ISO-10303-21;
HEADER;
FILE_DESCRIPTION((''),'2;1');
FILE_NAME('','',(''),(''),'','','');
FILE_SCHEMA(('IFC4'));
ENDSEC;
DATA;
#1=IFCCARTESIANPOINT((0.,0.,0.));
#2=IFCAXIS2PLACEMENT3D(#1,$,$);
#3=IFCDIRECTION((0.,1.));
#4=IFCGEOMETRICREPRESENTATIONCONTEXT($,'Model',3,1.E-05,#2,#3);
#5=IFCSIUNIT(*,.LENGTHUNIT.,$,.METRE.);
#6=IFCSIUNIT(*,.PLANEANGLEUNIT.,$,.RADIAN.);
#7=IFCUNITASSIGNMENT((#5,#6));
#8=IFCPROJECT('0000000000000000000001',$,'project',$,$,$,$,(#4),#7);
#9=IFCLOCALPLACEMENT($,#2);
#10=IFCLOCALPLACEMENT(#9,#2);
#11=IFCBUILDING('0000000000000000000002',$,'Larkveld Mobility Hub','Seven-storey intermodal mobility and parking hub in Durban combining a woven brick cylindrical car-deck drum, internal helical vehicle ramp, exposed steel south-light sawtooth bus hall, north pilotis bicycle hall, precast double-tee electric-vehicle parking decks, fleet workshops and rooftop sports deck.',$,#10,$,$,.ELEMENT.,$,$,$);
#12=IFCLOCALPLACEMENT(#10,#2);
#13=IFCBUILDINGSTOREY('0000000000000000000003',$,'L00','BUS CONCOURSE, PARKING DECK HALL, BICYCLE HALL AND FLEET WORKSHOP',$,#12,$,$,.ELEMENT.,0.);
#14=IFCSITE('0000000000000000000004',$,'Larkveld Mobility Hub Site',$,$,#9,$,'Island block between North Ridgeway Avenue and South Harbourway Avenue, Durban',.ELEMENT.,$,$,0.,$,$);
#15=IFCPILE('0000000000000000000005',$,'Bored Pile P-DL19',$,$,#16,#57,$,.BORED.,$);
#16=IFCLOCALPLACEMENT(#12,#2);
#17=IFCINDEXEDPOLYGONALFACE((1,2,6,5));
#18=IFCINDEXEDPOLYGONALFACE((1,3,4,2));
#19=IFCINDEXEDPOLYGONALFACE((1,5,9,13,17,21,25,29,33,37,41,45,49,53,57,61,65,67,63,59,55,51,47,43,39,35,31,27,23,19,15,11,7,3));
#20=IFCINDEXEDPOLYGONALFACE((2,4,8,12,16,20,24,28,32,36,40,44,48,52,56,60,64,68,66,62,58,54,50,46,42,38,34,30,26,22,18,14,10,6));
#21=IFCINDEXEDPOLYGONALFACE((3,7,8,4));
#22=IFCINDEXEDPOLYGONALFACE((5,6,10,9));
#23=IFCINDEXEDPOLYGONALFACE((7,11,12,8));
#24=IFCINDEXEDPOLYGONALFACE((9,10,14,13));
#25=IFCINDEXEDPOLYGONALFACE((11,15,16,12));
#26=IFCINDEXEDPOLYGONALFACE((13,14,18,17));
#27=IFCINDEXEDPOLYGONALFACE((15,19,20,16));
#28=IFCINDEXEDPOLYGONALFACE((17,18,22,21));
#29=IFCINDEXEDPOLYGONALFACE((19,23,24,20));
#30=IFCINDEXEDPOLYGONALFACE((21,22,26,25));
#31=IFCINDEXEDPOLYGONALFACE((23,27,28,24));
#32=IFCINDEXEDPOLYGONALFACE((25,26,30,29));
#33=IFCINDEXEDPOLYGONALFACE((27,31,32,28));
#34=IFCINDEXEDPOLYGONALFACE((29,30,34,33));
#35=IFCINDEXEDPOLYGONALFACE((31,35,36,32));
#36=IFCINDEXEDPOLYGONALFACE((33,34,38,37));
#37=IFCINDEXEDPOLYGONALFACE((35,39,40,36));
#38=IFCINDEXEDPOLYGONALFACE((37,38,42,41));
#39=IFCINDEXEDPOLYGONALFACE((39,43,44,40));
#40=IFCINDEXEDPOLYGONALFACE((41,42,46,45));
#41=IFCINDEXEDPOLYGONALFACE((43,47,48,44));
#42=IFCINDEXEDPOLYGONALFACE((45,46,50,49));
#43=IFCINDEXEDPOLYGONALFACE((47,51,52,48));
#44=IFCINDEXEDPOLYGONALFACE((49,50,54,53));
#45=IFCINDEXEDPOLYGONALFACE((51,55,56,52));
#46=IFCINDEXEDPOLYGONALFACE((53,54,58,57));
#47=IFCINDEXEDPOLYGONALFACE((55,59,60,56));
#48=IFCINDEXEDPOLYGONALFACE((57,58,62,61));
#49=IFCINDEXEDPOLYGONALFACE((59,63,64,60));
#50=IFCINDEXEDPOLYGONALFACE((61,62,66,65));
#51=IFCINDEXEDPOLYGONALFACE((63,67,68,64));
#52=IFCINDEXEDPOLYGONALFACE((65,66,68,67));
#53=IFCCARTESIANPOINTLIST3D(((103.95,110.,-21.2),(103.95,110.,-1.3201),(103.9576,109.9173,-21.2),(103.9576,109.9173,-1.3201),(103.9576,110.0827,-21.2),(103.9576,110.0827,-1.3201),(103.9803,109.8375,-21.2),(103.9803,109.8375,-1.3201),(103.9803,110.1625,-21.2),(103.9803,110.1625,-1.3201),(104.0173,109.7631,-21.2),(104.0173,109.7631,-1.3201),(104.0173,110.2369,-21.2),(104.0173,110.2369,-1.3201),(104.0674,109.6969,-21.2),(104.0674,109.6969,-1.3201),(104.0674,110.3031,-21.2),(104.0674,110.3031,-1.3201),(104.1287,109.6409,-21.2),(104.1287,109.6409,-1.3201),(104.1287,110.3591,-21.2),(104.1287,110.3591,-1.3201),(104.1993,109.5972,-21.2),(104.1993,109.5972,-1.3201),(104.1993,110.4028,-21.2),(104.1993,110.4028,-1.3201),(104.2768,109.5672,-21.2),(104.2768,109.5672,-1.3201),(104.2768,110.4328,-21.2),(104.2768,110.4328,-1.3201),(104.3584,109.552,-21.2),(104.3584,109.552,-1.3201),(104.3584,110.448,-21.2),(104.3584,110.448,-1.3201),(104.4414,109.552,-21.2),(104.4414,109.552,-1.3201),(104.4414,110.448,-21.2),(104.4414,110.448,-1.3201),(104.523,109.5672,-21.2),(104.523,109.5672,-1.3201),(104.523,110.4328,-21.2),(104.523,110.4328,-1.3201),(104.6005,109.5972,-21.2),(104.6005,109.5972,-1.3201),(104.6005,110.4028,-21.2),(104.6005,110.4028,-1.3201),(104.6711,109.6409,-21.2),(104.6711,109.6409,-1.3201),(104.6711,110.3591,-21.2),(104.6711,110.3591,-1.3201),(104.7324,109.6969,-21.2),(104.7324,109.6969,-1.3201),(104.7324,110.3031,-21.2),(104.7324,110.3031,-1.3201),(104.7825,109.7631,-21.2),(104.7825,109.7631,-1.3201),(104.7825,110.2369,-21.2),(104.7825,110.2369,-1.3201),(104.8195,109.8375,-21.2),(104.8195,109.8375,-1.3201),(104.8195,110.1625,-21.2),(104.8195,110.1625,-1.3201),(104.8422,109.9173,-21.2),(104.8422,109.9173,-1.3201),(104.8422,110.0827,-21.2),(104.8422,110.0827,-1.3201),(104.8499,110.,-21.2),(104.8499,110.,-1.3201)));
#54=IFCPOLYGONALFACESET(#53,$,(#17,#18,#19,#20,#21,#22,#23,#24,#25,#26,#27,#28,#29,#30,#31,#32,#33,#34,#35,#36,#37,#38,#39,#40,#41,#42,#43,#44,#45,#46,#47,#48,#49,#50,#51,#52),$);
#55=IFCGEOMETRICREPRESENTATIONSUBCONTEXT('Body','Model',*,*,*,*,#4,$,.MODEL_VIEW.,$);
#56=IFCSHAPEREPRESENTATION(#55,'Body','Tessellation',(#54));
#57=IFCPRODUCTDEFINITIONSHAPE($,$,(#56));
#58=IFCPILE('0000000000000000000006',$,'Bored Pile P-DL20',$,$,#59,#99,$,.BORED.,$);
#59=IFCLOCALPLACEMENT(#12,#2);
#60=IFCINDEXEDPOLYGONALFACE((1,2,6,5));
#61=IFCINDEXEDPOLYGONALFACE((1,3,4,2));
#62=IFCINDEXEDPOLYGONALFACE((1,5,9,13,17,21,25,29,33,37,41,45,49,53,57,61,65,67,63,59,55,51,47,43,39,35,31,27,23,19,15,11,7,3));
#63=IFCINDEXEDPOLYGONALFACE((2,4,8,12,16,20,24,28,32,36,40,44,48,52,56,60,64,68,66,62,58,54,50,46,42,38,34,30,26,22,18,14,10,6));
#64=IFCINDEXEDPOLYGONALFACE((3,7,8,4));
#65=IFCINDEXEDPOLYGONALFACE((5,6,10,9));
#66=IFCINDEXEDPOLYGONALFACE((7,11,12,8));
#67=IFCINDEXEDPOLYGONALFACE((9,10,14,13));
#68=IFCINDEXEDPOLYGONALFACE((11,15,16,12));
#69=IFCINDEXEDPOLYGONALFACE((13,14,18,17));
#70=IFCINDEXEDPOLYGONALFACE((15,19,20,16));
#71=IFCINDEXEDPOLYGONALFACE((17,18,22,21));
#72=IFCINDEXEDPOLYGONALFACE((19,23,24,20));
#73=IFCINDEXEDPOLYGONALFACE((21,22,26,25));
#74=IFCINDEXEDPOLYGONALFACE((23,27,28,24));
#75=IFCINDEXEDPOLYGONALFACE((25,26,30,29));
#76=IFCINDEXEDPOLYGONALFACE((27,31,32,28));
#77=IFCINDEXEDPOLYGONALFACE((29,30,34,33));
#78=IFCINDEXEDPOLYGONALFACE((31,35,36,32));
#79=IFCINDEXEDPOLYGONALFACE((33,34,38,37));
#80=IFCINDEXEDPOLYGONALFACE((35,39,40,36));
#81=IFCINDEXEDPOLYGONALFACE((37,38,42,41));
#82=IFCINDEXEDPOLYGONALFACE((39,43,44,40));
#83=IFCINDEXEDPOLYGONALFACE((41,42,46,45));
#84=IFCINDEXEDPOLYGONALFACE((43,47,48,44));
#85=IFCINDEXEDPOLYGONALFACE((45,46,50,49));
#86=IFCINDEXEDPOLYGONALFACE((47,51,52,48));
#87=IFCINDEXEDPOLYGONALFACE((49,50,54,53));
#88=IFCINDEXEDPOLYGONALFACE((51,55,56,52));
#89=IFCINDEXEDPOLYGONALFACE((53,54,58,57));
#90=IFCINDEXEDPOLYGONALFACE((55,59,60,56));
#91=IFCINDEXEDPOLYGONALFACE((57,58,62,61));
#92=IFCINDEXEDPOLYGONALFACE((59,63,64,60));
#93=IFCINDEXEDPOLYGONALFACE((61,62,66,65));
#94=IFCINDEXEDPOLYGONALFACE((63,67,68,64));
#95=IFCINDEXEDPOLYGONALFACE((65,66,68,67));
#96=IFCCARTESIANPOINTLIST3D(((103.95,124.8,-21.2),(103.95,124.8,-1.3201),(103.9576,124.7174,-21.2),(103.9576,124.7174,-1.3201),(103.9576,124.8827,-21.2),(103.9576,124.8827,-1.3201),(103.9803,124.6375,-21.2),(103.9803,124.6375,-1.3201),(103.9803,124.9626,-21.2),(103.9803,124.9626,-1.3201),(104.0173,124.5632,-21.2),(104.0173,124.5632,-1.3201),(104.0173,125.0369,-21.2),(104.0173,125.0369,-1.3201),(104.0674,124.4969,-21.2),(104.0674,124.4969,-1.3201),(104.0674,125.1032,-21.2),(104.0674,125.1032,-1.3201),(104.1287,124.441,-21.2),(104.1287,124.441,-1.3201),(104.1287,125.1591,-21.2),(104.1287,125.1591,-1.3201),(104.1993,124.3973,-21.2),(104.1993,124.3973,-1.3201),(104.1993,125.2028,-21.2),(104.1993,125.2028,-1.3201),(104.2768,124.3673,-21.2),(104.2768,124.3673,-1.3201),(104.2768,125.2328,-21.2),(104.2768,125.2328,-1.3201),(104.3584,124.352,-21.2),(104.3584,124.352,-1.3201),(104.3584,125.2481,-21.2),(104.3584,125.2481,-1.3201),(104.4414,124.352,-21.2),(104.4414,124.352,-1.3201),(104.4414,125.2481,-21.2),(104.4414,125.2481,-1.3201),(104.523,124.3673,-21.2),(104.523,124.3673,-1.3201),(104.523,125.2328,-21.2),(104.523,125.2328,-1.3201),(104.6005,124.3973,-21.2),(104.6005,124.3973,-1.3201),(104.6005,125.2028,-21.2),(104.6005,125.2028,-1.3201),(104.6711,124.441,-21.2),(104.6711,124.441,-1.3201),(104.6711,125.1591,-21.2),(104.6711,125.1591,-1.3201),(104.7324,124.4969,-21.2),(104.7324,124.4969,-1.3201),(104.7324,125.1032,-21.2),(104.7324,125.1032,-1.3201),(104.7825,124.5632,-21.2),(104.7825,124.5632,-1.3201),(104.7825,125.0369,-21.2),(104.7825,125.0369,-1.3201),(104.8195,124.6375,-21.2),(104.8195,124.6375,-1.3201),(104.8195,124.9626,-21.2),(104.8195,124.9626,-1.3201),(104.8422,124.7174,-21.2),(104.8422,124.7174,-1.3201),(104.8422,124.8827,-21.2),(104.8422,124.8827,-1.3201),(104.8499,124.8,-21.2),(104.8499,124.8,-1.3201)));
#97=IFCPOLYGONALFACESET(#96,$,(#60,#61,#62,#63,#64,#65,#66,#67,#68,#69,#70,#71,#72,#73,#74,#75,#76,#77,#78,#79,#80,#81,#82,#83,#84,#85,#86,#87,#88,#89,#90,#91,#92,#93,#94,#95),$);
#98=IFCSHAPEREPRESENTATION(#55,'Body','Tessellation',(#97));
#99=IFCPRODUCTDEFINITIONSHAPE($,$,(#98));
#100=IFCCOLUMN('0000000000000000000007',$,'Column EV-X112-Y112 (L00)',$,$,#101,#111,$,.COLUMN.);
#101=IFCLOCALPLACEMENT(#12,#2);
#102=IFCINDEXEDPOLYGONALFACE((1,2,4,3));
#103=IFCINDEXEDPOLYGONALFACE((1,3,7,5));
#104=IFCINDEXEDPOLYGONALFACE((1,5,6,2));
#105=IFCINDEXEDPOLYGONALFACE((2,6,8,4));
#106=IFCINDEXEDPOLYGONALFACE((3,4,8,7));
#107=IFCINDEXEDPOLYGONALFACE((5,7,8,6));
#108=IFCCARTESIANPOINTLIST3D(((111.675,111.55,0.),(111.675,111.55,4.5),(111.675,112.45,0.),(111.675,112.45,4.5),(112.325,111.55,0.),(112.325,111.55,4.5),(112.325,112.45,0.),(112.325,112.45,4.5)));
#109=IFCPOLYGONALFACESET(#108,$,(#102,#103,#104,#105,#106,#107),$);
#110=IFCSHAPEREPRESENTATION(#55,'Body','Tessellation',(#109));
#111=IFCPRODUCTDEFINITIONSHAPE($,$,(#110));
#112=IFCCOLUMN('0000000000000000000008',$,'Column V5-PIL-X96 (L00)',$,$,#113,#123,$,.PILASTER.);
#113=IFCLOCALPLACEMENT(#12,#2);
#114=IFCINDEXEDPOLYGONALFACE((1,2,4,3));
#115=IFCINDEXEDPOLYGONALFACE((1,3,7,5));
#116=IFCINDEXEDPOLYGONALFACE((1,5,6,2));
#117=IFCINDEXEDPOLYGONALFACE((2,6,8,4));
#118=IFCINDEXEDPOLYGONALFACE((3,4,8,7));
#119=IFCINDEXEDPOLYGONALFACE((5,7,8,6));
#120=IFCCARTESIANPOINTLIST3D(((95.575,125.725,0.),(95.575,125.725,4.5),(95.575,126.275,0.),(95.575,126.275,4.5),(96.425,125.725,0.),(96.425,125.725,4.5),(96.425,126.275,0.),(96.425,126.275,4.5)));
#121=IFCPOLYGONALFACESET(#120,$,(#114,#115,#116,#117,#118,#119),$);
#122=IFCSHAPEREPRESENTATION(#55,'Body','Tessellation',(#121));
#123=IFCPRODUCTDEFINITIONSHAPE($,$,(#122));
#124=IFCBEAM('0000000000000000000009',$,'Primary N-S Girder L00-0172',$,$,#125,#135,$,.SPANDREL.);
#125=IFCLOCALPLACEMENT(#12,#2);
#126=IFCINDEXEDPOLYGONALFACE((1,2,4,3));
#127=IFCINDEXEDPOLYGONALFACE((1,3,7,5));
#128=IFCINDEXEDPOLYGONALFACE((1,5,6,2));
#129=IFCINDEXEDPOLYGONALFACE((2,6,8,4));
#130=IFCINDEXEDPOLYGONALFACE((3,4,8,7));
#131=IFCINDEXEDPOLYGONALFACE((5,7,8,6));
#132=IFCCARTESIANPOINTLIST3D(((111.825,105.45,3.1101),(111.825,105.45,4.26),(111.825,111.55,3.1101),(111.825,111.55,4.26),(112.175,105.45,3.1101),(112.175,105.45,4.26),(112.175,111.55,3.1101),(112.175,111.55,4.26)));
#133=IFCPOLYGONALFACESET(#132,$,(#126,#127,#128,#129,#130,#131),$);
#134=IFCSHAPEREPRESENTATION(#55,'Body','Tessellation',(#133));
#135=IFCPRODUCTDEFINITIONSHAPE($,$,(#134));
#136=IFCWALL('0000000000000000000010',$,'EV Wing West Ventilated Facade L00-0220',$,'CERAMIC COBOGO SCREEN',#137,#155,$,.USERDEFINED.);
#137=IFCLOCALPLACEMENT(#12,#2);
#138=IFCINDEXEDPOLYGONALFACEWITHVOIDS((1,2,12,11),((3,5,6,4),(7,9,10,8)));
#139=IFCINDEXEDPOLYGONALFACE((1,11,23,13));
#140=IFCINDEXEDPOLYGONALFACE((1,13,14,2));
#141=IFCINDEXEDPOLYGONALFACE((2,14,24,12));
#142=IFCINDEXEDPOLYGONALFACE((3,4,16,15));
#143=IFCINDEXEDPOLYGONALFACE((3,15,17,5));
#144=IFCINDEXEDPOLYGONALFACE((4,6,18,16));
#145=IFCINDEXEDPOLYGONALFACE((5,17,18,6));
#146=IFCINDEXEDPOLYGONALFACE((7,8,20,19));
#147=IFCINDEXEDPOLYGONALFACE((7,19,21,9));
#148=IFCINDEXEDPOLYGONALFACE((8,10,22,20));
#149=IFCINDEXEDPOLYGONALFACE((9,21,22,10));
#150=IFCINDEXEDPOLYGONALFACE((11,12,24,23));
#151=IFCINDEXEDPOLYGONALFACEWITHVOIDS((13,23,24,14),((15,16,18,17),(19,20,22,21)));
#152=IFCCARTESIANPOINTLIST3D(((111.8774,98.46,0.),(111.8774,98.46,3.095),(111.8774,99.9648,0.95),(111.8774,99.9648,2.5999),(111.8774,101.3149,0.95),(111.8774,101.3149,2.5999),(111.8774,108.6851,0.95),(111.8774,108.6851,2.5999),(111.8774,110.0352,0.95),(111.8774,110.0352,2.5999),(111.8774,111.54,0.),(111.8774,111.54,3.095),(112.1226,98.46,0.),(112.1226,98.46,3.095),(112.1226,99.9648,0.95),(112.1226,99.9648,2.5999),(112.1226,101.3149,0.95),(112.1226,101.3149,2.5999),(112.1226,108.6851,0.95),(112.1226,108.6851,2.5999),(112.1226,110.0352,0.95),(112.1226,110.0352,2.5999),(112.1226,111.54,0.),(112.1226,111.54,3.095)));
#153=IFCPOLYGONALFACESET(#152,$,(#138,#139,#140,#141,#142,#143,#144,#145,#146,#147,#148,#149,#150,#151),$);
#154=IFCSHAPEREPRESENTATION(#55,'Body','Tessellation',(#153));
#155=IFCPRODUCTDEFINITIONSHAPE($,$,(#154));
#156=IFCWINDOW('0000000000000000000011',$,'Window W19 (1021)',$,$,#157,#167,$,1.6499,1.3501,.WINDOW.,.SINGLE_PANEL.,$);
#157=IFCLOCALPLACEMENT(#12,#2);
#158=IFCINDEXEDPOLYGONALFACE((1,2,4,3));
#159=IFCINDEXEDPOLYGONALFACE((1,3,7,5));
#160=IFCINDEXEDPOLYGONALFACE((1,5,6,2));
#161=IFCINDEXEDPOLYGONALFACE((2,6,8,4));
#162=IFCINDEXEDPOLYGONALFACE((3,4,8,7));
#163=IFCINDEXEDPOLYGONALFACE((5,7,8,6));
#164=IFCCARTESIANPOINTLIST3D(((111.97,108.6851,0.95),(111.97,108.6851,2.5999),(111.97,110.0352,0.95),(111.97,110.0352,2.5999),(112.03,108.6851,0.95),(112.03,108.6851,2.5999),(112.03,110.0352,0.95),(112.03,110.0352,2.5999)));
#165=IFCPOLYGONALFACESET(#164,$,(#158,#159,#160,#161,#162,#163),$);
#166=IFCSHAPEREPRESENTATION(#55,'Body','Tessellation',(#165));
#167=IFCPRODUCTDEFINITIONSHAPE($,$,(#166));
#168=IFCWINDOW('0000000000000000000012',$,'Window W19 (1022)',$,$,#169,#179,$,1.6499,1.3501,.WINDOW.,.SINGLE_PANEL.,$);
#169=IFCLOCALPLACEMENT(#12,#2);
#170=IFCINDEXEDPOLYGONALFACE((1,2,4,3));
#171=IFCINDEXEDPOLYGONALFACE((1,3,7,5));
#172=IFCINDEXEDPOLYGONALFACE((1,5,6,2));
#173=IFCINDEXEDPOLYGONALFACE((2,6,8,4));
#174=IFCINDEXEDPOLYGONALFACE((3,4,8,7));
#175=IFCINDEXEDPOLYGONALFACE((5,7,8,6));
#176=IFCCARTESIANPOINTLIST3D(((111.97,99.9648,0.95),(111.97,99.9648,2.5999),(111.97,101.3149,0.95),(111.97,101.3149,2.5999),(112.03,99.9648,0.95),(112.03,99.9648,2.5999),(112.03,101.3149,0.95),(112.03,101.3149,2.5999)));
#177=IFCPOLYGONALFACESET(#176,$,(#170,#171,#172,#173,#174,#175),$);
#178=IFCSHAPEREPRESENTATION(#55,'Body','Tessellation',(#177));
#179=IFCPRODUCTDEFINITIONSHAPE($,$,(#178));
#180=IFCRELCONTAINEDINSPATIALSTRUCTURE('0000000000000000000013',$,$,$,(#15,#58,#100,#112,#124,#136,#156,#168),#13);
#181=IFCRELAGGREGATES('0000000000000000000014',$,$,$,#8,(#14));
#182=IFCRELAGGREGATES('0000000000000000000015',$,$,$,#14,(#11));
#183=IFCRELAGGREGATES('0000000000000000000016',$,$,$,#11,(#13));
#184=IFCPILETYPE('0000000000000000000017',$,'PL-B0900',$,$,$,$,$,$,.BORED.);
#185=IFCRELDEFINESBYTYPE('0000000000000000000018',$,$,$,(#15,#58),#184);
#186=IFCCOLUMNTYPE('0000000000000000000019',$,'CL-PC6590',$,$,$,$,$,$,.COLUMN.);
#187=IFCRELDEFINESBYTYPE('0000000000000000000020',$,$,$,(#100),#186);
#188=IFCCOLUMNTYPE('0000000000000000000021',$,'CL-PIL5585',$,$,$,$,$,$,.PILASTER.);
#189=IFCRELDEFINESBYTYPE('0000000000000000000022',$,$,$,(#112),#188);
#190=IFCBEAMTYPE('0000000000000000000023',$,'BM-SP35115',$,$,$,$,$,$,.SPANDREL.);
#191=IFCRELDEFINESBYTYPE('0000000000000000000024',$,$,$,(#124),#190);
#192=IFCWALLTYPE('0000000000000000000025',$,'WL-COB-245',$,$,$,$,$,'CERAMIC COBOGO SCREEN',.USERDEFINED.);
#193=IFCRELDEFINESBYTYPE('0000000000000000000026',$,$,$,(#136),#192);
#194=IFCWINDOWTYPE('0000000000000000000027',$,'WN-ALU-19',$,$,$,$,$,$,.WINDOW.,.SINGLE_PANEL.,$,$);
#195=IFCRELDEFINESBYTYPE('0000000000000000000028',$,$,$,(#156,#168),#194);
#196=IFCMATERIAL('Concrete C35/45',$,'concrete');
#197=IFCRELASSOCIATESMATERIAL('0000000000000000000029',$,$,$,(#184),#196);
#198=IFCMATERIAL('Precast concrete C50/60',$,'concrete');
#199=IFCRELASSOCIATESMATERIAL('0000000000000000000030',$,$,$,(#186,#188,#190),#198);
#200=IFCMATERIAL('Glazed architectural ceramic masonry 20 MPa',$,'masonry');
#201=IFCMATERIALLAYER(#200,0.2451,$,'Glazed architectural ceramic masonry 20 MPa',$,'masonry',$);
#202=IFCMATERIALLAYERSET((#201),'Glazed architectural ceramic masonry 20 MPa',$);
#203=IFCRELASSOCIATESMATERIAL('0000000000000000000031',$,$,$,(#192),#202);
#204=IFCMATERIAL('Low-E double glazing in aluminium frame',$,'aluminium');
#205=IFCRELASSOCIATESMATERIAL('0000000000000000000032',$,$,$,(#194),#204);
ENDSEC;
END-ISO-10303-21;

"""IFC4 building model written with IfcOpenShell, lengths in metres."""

from ifc_helpers import new_model, si_unit, direction, frame, frame_2d, origin, origin_2d, place, context, subcontext, project, spatial, rectangle, circle, extrude, material, layer, layer_set, material_profile, profile_set, type_object, element, fill, save


model = new_model("IFC4")

# Units and contexts
model_context = context("Model", 3, precision=1e-05, world=origin(), true_north=direction((0.0, 1.0)))
body_context = subcontext(model_context, "Body", "Model", "MODEL_VIEW")
ifc_project = project(units=[si_unit("LENGTHUNIT", "METRE"), si_unit("PLANEANGLEUNIT", "RADIAN")], contexts=[model_context])

# Site, building, storey
site_placement = place(None, origin())
site = spatial("IfcSite", under=ifc_project, at=site_placement, Name="Larkveld Mobility Hub Site", LongName="Island block between North Ridgeway Avenue and South Harbourway Avenue, Durban", CompositionType="ELEMENT", RefElevation=0.0)
building_placement = place(site_placement, origin())
building = spatial("IfcBuilding", under=site, at=building_placement, Name="Larkveld Mobility Hub", Description="Seven-storey intermodal mobility and parking hub in Durban combining a woven brick cylindrical car-deck drum, internal helical vehicle ramp, exposed steel south-light sawtooth bus hall, north pilotis bicycle hall, precast double-tee electric-vehicle parking decks, fleet workshops and rooftop sports deck.", CompositionType="ELEMENT")
storey_placement = place(building_placement, origin())
storey = spatial("IfcBuildingStorey", under=building, at=storey_placement, Name="L00", Description="BUS CONCOURSE, PARKING DECK HALL, BICYCLE HALL AND FLEET WORKSHOP", CompositionType="ELEMENT", Elevation=0.0)

# Shared definitions
ifc_material_1 = material(Name="Concrete C35/45", Category="concrete")

# Piles
ifc_material_profile_1 = material_profile(ifc_material_1, circle(Radius=0.45, at=origin_2d()), Name="PILE D900")
ifc_profile_set_1 = profile_set([ifc_material_profile_1], Name="Concrete C35/45")
pile_type_1 = type_object("IfcPileType", Name="PL-B0900", PredefinedType="BORED", material=ifc_profile_set_1)
for number, where, z_axis, x_axis, name in (
    (1, (104.3999, 110.0, -1.3201), (0.0, 0.0, -1.0), (1.0, 0.0, 0.0), "Bored Pile P-DL19"),
    (2, (104.3999, 124.8, -1.3201), (0.0, 0.0, -1.0), (1.0, 0.0, 0.0), "Bored Pile P-DL20"),
):
    element("IfcPile", number, at=place(storey_placement, frame(where, z_axis=z_axis, x_axis=x_axis)), inside=storey, type_object=pile_type_1, Name=name, PredefinedType="BORED", context=body_context, shape_type="SweptSolid", body=[
        extrude(circle(Radius=0.45, at=origin_2d()), origin(), (0.0, 0.0, 1.0), 19.8799),
    ])

# Columns
ifc_material_2 = material(Name="Precast concrete C50/60", Category="concrete")
ifc_material_profile_2 = material_profile(ifc_material_2, rectangle(XDim=0.6499, YDim=0.8999, at=origin_2d()), Name="RC COL 650x900")
ifc_profile_set_2 = profile_set([ifc_material_profile_2], Name="Precast concrete C50/60")
column_type_1 = type_object("IfcColumnType", Name="CL-PC6590", PredefinedType="COLUMN", material=ifc_profile_set_2)
column_1_placement = place(storey_placement, frame((112.0, 112.0, 0.0), z_axis=(0.0, 0.0, 1.0), x_axis=(1.0, 0.0, 0.0)))
element("IfcColumn", 3, at=column_1_placement, inside=storey, type_object=column_type_1, Name="Column EV-X112-Y112 (L00)", PredefinedType="COLUMN", context=body_context, shape_type="SweptSolid", body=[
    extrude(rectangle(XDim=0.6499, YDim=0.8999, at=origin_2d()), origin(), (0.0, 0.0, 1.0), 4.5),
])
ifc_material_profile_3 = material_profile(ifc_material_2, rectangle(XDim=0.55, YDim=0.8501, at=origin_2d()), Name="PC PIL 550x850")
ifc_profile_set_3 = profile_set([ifc_material_profile_3], Name="Precast concrete C50/60")
column_type_2 = type_object("IfcColumnType", Name="CL-PIL5585", PredefinedType="PILASTER", material=ifc_profile_set_3)
column_2_placement = place(storey_placement, frame((96.0, 126.0, 0.0), z_axis=(0.0, 0.0, 1.0), x_axis=(0.0, 1.0, 0.0)))
element("IfcColumn", 4, at=column_2_placement, inside=storey, type_object=column_type_2, Name="Column V5-PIL-X96 (L00)", PredefinedType="PILASTER", context=body_context, shape_type="SweptSolid", body=[
    extrude(rectangle(XDim=0.55, YDim=0.8501, at=origin_2d()), origin(), (0.0, 0.0, 1.0), 4.5),
])

# Beam
ifc_material_profile_4 = material_profile(ifc_material_2, rectangle(XDim=0.3501, YDim=1.1499, at=origin_2d()), Name="PC SP 350x1150")
ifc_profile_set_4 = profile_set([ifc_material_profile_4], Name="Precast concrete C50/60")
beam_type = type_object("IfcBeamType", Name="BM-SP35115", PredefinedType="SPANDREL", material=ifc_profile_set_4)
beam_placement = place(storey_placement, frame((112.0, 105.45, 3.6851), z_axis=(0.0, 1.0, 0.0), x_axis=(-1.0, 0.0, 0.0)))
element("IfcBeam", 5, at=beam_placement, inside=storey, type_object=beam_type, Name="Primary N-S Girder L00-0172", PredefinedType="SPANDREL", context=body_context, shape_type="SweptSolid", body=[
    extrude(rectangle(XDim=0.3501, YDim=1.1499, at=origin_2d()), origin(), (0.0, 0.0, 1.0), 6.1001),
])

# Wall, openings, windows
ifc_material_3 = material(Name="Glazed architectural ceramic masonry 20 MPa", Category="masonry")
ifc_layer = layer(ifc_material_3, 0.2451, Name="Glazed architectural ceramic masonry 20 MPa", Category="masonry")
ifc_layer_set = layer_set([ifc_layer], Name="Glazed architectural ceramic masonry 20 MPa")
wall_type = type_object("IfcWallType", Name="WL-COB-245", ElementType="CERAMIC COBOGO SCREEN", PredefinedType="USERDEFINED", material=ifc_layer_set)
wall_placement = place(storey_placement, frame((112.0, 111.54, 0.0), z_axis=(0.0, 0.0, 1.0), x_axis=(0.0, -1.0, 0.0)))
wall = element("IfcWall", 6, at=wall_placement, inside=storey, type_object=wall_type, Name="EV Wing West Ventilated Facade L00-0220", ObjectType="CERAMIC COBOGO SCREEN", PredefinedType="USERDEFINED", context=body_context, shape_type="SweptSolid", body=[
    extrude(rectangle(XDim=13.0801, YDim=0.2451, at=frame_2d((6.54, 0.0))), origin(), (0.0, 0.0, 1.0), 3.095),
])
opening_1_placement = place(wall_placement, frame((1.5049, 0.0, 0.95)))
opening_1 = element("IfcOpeningElement", 7, at=opening_1_placement, cuts=wall, PredefinedType="OPENING", context=body_context, shape_type="SweptSolid", body=[
    extrude(rectangle(XDim=1.3501, YDim=1.6499, at=frame_2d((0.675, 0.825))), frame((0.0, 0.1326, 0.0), z_axis=(0.0, -1.0, 0.0), x_axis=(1.0, 0.0, 0.0)), (0.0, 0.0, 1.0), 0.2651),
])
opening_2_placement = place(wall_placement, frame((10.2251, 0.0, 0.95)))
opening_2 = element("IfcOpeningElement", 8, at=opening_2_placement, cuts=wall, PredefinedType="OPENING", context=body_context, shape_type="SweptSolid", body=[
    extrude(rectangle(XDim=1.3501, YDim=1.6499, at=frame_2d((0.675, 0.825))), frame((0.0, 0.1326, 0.0), z_axis=(0.0, -1.0, 0.0), x_axis=(1.0, 0.0, 0.0)), (0.0, 0.0, 1.0), 0.2651),
])
ifc_material_4 = material(Name="Low-E double glazing in aluminium frame", Category="aluminium")
window_type = type_object("IfcWindowType", Name="WN-ALU-19", PartitioningType="SINGLE_PANEL", PredefinedType="WINDOW", material=ifc_material_4)
window_1_placement = place(opening_1_placement, origin())
window_1 = element("IfcWindow", 9, at=window_1_placement, inside=storey, type_object=window_type, Name="Window W19 (1021)", OverallHeight=1.6499, OverallWidth=1.3501, PartitioningType="SINGLE_PANEL", PredefinedType="WINDOW", context=body_context, shape_type="SweptSolid", body=[
    extrude(rectangle(XDim=1.3501, YDim=1.6499, at=frame_2d((0.675, 0.825))), frame((0.0, 0.03, 0.0), z_axis=(0.0, -1.0, 0.0), x_axis=(1.0, 0.0, 0.0)), (0.0, 0.0, 1.0), 0.0601),
])
fill(opening_1, window_1)
window_2_placement = place(opening_2_placement, origin())
window_2 = element("IfcWindow", 10, at=window_2_placement, inside=storey, type_object=window_type, Name="Window W19 (1022)", OverallHeight=1.6499, OverallWidth=1.3501, PartitioningType="SINGLE_PANEL", PredefinedType="WINDOW", context=body_context, shape_type="SweptSolid", body=[
    extrude(rectangle(XDim=1.3501, YDim=1.6499, at=frame_2d((0.675, 0.825))), frame((0.0, 0.03, 0.0), z_axis=(0.0, -1.0, 0.0), x_axis=(1.0, 0.0, 0.0)), (0.0, 0.0, 1.0), 0.0601),
])
fill(opening_2, window_2)

save(model, "model.ifc")
